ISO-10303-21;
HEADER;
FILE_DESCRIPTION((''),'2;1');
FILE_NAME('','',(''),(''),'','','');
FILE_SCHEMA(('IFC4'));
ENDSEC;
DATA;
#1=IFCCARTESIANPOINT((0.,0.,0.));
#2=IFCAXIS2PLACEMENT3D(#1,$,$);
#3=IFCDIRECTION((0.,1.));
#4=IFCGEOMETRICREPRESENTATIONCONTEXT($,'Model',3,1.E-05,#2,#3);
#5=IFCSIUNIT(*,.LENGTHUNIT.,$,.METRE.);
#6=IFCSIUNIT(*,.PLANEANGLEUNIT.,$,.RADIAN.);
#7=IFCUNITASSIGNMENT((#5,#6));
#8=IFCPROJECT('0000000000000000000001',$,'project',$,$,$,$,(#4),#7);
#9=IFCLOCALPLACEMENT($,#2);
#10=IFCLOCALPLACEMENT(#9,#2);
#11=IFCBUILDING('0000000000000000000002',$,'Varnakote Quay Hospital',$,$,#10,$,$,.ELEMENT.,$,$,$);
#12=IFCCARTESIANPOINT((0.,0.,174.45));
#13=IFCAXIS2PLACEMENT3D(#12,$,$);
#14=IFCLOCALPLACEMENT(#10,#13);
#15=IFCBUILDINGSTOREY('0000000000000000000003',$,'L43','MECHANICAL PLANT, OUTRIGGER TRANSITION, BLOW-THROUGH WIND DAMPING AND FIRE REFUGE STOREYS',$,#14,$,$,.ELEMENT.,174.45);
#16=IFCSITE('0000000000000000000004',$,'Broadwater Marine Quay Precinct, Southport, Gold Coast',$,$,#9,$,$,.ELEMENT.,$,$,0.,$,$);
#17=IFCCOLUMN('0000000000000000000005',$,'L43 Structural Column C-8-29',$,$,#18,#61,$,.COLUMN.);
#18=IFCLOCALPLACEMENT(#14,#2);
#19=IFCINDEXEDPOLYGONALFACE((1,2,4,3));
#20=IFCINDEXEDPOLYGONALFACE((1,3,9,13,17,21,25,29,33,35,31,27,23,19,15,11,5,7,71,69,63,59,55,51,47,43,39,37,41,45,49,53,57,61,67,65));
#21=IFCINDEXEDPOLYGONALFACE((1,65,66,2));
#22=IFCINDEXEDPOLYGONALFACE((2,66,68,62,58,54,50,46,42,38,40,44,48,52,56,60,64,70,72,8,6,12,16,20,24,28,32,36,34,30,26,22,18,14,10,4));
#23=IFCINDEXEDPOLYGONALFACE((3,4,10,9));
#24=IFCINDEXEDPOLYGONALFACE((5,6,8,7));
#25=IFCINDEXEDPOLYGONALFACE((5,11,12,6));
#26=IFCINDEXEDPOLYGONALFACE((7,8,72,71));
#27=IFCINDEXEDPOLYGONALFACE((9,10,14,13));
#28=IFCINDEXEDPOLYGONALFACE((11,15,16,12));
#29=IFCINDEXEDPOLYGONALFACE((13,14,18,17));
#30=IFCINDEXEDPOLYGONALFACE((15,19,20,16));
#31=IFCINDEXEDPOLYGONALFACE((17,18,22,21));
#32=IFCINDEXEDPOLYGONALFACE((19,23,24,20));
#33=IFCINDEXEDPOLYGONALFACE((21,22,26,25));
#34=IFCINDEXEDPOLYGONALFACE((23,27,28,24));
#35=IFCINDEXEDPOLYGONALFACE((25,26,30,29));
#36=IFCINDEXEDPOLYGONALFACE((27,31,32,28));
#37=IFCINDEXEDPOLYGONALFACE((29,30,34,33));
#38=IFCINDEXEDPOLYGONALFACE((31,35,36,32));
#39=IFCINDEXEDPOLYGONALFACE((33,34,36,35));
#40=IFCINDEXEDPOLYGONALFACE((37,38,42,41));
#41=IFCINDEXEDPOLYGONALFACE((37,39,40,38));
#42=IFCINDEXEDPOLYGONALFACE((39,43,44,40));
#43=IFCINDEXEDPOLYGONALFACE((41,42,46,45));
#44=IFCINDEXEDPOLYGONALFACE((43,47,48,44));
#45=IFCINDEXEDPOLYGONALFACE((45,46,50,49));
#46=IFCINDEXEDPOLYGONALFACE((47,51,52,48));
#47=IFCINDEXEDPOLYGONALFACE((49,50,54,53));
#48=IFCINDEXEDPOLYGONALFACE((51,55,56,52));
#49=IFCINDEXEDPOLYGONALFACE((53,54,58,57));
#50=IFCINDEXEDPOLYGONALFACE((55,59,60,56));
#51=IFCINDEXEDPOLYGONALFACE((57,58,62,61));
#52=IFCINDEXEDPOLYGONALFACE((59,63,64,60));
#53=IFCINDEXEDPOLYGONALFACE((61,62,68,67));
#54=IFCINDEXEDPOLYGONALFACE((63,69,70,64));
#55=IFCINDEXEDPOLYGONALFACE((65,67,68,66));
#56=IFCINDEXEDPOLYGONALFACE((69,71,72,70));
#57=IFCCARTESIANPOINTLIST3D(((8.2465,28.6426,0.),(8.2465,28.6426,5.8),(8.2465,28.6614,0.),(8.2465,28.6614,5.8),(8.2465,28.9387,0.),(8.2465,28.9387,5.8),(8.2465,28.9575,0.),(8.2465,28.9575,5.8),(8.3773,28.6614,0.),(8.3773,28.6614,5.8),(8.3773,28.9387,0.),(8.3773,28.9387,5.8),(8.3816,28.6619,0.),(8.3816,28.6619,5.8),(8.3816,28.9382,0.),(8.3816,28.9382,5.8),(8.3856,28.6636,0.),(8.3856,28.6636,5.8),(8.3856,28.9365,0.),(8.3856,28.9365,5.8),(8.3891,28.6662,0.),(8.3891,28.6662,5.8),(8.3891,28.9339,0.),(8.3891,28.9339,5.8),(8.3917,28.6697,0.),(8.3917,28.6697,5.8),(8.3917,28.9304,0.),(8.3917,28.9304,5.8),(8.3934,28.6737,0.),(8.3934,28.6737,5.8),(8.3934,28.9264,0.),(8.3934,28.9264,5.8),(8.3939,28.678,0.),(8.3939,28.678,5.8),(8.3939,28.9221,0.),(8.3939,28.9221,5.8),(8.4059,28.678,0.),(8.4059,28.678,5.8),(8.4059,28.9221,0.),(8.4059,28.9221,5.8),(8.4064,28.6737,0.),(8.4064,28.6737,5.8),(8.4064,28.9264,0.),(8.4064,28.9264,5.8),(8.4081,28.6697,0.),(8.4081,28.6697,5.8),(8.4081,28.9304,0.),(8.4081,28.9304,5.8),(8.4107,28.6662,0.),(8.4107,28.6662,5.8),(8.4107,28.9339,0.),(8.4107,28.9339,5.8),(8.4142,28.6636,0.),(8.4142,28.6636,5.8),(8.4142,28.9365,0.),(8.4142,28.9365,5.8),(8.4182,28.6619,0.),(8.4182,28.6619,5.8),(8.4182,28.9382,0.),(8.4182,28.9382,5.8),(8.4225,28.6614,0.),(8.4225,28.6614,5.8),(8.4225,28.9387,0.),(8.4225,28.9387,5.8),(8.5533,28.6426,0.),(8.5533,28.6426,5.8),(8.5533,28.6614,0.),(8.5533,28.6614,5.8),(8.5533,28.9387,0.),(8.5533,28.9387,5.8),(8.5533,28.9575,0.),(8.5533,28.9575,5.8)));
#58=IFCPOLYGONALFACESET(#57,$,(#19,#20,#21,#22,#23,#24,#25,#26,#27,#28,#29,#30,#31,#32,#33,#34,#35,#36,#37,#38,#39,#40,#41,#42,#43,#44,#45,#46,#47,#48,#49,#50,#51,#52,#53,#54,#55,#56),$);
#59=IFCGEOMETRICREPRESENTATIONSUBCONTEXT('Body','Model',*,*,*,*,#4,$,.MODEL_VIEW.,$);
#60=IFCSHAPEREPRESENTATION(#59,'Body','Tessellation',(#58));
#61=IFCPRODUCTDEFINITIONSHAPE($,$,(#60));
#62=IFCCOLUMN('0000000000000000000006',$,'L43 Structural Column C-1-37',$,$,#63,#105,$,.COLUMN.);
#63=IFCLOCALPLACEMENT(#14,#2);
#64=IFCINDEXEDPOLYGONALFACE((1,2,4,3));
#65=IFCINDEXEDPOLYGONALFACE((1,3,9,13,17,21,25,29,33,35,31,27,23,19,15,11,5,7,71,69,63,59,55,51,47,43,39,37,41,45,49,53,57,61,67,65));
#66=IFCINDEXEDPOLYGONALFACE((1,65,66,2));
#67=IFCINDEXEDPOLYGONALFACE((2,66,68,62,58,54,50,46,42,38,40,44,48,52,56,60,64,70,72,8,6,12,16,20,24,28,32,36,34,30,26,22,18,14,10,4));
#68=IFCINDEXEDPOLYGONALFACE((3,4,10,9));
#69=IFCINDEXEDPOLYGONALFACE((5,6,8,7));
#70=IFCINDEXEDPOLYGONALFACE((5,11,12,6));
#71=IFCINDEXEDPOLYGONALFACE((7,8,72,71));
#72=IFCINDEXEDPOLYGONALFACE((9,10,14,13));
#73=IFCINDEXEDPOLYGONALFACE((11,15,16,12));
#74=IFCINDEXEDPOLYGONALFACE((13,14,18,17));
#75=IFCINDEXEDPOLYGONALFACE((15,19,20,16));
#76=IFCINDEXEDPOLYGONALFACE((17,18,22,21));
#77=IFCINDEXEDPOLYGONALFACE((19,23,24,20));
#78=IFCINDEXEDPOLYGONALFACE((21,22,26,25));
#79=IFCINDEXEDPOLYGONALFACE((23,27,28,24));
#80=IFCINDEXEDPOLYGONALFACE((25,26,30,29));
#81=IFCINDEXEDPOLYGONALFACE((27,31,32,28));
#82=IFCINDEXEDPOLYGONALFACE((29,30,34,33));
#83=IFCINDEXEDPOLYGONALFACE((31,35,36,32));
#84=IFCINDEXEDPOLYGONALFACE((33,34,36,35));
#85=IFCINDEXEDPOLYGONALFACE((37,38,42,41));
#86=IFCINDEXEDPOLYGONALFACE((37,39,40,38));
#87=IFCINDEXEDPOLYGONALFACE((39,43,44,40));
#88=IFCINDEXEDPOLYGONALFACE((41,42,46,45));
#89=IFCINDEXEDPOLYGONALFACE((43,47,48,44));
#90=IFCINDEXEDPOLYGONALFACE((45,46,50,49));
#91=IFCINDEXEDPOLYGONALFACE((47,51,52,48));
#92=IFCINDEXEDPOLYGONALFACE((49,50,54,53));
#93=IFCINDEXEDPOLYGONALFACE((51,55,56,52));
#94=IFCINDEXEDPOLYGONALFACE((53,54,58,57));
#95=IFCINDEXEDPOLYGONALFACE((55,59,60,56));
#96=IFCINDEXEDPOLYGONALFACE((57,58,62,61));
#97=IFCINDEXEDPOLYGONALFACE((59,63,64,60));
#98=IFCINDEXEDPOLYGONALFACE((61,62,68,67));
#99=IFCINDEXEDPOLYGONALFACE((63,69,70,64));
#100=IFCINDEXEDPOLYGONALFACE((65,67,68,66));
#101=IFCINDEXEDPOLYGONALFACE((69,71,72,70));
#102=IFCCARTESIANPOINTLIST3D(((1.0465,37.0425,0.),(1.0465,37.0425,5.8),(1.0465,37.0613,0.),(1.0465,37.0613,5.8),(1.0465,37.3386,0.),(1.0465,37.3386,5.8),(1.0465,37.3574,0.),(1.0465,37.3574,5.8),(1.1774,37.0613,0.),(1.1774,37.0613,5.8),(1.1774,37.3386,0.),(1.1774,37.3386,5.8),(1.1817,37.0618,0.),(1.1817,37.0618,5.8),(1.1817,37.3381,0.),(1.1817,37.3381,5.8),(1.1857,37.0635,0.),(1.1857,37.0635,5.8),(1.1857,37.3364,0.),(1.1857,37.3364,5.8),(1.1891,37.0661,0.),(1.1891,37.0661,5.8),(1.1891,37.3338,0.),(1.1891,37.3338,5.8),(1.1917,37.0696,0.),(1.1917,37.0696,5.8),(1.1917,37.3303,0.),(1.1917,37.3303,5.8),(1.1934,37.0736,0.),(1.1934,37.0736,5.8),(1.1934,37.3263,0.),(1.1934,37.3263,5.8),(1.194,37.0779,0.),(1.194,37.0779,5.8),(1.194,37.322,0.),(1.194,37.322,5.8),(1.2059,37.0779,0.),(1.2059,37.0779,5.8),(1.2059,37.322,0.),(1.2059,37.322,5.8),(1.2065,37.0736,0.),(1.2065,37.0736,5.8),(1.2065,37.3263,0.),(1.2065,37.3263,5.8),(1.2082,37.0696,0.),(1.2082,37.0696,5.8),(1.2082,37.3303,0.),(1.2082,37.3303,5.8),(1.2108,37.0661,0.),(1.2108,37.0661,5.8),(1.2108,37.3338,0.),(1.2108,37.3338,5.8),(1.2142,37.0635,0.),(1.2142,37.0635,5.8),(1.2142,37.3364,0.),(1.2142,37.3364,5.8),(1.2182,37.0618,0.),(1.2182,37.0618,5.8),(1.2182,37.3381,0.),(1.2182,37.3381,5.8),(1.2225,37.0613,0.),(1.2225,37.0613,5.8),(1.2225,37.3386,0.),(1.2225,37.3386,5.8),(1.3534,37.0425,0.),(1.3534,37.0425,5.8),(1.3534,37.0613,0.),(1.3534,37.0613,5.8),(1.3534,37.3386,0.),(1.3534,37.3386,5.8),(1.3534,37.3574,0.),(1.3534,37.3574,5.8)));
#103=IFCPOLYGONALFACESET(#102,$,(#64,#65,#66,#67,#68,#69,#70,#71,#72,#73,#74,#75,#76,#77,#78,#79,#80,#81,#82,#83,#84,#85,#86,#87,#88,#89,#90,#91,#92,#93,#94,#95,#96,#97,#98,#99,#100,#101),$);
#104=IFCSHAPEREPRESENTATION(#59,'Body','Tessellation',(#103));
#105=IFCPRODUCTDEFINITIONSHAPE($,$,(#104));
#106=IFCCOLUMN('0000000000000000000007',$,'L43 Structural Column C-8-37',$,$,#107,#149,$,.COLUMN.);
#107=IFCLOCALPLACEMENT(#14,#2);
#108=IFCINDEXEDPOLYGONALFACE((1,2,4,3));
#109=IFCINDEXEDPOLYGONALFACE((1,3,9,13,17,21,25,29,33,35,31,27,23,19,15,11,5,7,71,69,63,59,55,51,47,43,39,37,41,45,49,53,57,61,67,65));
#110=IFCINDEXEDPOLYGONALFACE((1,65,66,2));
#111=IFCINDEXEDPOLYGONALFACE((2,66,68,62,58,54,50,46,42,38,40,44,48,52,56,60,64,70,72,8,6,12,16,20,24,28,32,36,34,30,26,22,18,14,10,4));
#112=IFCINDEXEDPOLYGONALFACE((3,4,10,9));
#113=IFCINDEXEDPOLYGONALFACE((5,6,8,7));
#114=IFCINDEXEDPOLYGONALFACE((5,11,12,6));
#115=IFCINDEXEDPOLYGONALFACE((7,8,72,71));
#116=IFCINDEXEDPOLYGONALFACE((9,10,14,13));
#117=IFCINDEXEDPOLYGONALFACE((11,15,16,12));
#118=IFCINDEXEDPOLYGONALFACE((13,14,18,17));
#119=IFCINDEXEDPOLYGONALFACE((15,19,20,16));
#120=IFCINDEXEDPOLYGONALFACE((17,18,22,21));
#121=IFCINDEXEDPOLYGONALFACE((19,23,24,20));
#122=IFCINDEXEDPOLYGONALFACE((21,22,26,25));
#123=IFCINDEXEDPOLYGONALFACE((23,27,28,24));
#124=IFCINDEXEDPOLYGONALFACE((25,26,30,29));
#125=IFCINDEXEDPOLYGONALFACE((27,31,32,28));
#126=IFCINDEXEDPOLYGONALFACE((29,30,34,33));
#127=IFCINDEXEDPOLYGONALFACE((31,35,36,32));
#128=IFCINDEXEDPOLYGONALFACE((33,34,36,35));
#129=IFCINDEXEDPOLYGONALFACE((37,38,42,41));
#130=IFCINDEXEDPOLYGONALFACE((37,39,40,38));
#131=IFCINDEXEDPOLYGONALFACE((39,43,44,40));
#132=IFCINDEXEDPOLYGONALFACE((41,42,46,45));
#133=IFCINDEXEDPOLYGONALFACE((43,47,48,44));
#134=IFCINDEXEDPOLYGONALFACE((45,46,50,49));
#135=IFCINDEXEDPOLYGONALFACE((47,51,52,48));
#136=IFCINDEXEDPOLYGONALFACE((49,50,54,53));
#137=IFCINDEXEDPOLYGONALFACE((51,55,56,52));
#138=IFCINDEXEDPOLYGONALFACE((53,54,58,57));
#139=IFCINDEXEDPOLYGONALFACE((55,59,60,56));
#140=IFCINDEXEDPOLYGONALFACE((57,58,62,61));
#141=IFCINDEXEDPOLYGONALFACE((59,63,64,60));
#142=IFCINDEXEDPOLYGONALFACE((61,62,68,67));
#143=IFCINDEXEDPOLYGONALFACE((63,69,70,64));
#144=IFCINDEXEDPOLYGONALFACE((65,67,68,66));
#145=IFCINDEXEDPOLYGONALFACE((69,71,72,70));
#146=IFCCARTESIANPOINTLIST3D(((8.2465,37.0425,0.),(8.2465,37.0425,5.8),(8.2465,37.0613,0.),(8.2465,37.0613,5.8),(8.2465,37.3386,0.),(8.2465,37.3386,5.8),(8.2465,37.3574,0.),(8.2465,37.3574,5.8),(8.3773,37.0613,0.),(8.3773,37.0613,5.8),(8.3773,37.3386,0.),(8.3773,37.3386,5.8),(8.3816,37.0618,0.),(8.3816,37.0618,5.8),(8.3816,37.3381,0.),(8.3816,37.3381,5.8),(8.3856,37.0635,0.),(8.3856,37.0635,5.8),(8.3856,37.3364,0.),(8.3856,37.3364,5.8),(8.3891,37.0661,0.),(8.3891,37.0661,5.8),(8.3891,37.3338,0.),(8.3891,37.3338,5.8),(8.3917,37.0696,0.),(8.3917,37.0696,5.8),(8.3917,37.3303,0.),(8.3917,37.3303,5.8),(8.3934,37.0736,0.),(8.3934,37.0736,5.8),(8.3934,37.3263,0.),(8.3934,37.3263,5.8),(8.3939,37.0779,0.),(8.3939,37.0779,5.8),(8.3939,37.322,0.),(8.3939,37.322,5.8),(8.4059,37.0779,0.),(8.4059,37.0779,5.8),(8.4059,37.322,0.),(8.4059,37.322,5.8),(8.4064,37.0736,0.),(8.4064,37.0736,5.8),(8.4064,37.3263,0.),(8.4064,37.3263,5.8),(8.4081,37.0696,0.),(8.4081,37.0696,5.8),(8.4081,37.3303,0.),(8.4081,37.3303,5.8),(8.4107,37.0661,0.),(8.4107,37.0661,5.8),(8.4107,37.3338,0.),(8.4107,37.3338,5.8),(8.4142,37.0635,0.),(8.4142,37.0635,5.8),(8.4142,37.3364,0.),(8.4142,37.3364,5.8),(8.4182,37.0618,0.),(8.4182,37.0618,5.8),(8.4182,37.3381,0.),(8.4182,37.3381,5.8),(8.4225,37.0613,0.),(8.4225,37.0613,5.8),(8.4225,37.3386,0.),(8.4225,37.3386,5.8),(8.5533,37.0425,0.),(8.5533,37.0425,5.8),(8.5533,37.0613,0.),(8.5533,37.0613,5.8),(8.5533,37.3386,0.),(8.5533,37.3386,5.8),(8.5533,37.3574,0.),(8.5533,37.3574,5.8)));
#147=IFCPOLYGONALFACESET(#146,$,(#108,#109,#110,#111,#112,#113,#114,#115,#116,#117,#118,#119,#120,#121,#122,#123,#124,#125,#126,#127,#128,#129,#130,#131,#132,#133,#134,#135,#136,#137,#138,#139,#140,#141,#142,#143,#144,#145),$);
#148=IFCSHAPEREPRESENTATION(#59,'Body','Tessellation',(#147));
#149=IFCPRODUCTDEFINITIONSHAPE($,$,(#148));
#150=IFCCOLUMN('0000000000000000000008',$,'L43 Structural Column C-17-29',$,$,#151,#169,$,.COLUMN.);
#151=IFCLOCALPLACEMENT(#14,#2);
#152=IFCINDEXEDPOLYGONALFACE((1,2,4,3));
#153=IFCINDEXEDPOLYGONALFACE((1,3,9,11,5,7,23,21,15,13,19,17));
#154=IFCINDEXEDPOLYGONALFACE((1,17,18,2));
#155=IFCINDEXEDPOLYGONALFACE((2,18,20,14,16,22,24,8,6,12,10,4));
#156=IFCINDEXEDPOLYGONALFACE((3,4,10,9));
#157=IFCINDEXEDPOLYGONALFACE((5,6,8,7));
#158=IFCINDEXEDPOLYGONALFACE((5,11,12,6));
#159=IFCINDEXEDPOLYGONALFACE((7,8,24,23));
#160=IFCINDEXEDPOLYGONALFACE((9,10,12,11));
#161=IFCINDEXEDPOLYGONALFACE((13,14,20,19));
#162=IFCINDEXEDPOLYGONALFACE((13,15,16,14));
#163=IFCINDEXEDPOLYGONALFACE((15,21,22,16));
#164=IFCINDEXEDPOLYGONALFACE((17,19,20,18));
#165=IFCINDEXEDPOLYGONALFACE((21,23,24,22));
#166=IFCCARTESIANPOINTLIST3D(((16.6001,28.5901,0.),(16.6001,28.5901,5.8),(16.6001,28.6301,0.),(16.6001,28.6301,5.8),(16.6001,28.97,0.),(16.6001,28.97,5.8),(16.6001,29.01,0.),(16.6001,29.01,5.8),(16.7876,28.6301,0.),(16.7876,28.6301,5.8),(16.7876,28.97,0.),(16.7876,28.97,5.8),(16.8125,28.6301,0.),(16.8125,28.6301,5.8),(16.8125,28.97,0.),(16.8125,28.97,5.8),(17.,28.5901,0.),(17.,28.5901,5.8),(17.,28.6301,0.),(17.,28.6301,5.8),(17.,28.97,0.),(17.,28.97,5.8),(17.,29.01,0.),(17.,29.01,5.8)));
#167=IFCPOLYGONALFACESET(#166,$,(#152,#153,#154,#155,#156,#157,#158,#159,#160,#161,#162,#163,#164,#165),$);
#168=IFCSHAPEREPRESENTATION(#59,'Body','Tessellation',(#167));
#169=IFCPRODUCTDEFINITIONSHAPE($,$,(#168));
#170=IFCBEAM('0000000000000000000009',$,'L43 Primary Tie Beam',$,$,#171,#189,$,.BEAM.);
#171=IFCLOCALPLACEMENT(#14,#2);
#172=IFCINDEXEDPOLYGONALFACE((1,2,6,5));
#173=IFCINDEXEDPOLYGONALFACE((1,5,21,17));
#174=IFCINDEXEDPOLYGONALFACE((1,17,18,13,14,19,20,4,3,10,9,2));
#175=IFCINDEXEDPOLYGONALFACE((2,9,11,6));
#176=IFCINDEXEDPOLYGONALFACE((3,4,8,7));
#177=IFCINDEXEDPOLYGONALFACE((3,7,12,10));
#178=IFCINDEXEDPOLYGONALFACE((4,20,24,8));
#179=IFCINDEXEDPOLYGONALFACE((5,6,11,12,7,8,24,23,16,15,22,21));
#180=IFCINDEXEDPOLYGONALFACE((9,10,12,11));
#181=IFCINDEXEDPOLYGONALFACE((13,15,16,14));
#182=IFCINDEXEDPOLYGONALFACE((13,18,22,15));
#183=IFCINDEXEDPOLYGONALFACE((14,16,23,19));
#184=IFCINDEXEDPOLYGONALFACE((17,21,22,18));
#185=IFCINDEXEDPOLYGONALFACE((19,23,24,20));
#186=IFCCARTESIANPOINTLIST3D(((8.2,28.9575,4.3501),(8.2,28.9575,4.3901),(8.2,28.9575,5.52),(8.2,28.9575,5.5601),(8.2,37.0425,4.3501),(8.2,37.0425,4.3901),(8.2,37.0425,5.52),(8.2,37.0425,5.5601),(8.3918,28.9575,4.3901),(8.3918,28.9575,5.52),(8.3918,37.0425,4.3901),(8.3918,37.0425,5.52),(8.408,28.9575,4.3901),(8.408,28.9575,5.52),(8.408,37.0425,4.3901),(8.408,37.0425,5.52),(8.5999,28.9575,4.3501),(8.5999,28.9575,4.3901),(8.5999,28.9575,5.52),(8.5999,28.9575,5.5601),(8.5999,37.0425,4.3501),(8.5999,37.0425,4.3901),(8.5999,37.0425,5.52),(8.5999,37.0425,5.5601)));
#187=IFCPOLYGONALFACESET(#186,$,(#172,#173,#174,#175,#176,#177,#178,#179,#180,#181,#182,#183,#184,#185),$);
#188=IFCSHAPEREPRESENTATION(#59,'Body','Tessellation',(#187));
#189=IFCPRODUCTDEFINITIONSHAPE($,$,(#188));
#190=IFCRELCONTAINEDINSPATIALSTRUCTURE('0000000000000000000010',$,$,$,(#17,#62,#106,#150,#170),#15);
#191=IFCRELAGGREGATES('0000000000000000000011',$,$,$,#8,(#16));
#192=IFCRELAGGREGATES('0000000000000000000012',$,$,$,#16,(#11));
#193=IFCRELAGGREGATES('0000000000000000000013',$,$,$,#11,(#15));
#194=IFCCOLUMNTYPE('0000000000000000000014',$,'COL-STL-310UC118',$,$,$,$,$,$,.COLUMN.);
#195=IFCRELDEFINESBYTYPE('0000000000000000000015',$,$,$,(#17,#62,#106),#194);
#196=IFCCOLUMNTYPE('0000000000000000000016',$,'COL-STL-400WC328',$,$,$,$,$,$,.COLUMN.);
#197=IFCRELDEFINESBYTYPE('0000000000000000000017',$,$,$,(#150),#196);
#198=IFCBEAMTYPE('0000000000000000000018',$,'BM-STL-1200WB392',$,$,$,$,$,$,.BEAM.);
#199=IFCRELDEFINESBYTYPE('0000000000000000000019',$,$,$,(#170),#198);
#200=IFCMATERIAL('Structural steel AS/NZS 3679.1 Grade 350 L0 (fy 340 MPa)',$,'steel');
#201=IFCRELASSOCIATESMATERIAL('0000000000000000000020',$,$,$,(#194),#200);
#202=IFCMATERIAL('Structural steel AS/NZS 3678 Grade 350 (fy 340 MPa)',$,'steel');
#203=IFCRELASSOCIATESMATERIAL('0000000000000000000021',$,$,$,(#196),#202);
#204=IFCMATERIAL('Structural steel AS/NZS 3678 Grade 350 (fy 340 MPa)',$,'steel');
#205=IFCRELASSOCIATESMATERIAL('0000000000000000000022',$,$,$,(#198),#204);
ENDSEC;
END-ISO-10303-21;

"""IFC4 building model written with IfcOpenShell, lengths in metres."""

from ifc_helpers import new_model, si_unit, direction, frame, origin, origin_2d, place, context, subcontext, project, spatial, i_section, extrude, material, material_profile, profile_set, type_object, element, save


model = new_model("IFC4")

# Units and contexts
model_context = context("Model", 3, precision=1e-05, world=origin(), true_north=direction((0.0, 1.0)))
body_context = subcontext(model_context, "Body", "Model", "MODEL_VIEW")
ifc_project = project(units=[si_unit("LENGTHUNIT", "METRE"), si_unit("PLANEANGLEUNIT", "RADIAN")], contexts=[model_context])

# Site, building, storey
site_placement = place(None, origin())
site = spatial("IfcSite", under=ifc_project, at=site_placement, Name="Broadwater Marine Quay Precinct, Southport, Gold Coast", CompositionType="ELEMENT", RefElevation=0.0)
building_placement = place(site_placement, origin())
building = spatial("IfcBuilding", under=site, at=building_placement, Name="Varnakote Quay Hospital", CompositionType="ELEMENT")
storey_placement = place(building_placement, frame((0.0, 0.0, 174.45)))
storey = spatial("IfcBuildingStorey", under=building, at=storey_placement, Name="L43", Description="MECHANICAL PLANT, OUTRIGGER TRANSITION, BLOW-THROUGH WIND DAMPING AND FIRE REFUGE STOREYS", CompositionType="ELEMENT", Elevation=174.45)

# Columns
ifc_material_1 = material(Name="Structural steel AS/NZS 3679.1 Grade 350 L0 (fy 340 MPa)", Category="steel")
ifc_material_profile_1 = material_profile(ifc_material_1, i_section(OverallWidth=0.3069, OverallDepth=0.3149, WebThickness=0.012, FlangeThickness=0.0188, FilletRadius=0.0166, at=origin_2d()), Name="310UC118")
ifc_profile_set_1 = profile_set([ifc_material_profile_1], Name="Structural steel AS/NZS 3679.1 Grade 350 L0 (fy 340 MPa)")
column_type_1 = type_object("IfcColumnType", Name="COL-STL-310UC118", PredefinedType="COLUMN", material=ifc_profile_set_1)
for number, where, z_axis, x_axis, name in (
    (1, (8.3999, 28.8, 0.0), (0.0, 0.0, 1.0), (1.0, 0.0, 0.0), "L43 Structural Column C-8-29"),
    (2, (1.2, 37.2, 0.0), (0.0, 0.0, 1.0), (1.0, 0.0, 0.0), "L43 Structural Column C-1-37"),
    (3, (8.3999, 37.2, 0.0), (0.0, 0.0, 1.0), (1.0, 0.0, 0.0), "L43 Structural Column C-8-37"),
):
    element("IfcColumn", number, at=place(storey_placement, frame(where, z_axis=z_axis, x_axis=x_axis)), inside=storey, type_object=column_type_1, Name=name, PredefinedType="COLUMN", context=body_context, shape_type="SweptSolid", body=[
        extrude(i_section(OverallWidth=0.3069, OverallDepth=0.3149, WebThickness=0.012, FlangeThickness=0.0188, FilletRadius=0.0166, at=origin_2d()), origin(), (0.0, 0.0, 1.0), 5.8),
    ])
ifc_material_2 = material(Name="Structural steel AS/NZS 3678 Grade 350 (fy 340 MPa)", Category="steel")
ifc_material_profile_2 = material_profile(ifc_material_2, i_section(OverallWidth=0.3999, OverallDepth=0.4199, WebThickness=0.0249, FlangeThickness=0.04, at=origin_2d()), Name="400WC328")
ifc_profile_set_2 = profile_set([ifc_material_profile_2], Name="Structural steel AS/NZS 3678 Grade 350 (fy 340 MPa)")
column_type_2 = type_object("IfcColumnType", Name="COL-STL-400WC328", PredefinedType="COLUMN", material=ifc_profile_set_2)
column_placement = place(storey_placement, frame((16.8, 28.8, 0.0), z_axis=(0.0, 0.0, 1.0), x_axis=(1.0, 0.0, 0.0)))
element("IfcColumn", 4, at=column_placement, inside=storey, type_object=column_type_2, Name="L43 Structural Column C-17-29", PredefinedType="COLUMN", context=body_context, shape_type="SweptSolid", body=[
    extrude(i_section(OverallWidth=0.3999, OverallDepth=0.4199, WebThickness=0.0249, FlangeThickness=0.04, at=origin_2d()), origin(), (0.0, 0.0, 1.0), 5.8),
])

# Beam
ifc_material_3 = material(Name="Structural steel AS/NZS 3678 Grade 350 (fy 340 MPa)", Category="steel")
ifc_material_profile_3 = material_profile(ifc_material_3, i_section(OverallWidth=0.3999, OverallDepth=1.21, WebThickness=0.0161, FlangeThickness=0.04, at=origin_2d()), Name="1200WB392")
ifc_profile_set_3 = profile_set([ifc_material_profile_3], Name="Structural steel AS/NZS 3678 Grade 350 (fy 340 MPa)")
beam_type_1 = type_object("IfcBeamType", Name="BM-STL-1200WB392", PredefinedType="BEAM", material=ifc_profile_set_3)
beam_1_placement = place(storey_placement, frame((8.3999, 28.9575, 4.9551), z_axis=(0.0, 1.0, 0.0), x_axis=(-1.0, 0.0, 0.0)))
element("IfcBeam", 5, at=beam_1_placement, inside=storey, type_object=beam_type_1, Name="L43 Primary Tie Beam", PredefinedType="BEAM", context=body_context, shape_type="SweptSolid", body=[
    extrude(i_section(OverallWidth=0.3999, OverallDepth=1.21, WebThickness=0.0161, FlangeThickness=0.04, at=origin_2d()), origin(), (0.0, 0.0, 1.0), 8.085),
])

save(model, "model.ifc")
